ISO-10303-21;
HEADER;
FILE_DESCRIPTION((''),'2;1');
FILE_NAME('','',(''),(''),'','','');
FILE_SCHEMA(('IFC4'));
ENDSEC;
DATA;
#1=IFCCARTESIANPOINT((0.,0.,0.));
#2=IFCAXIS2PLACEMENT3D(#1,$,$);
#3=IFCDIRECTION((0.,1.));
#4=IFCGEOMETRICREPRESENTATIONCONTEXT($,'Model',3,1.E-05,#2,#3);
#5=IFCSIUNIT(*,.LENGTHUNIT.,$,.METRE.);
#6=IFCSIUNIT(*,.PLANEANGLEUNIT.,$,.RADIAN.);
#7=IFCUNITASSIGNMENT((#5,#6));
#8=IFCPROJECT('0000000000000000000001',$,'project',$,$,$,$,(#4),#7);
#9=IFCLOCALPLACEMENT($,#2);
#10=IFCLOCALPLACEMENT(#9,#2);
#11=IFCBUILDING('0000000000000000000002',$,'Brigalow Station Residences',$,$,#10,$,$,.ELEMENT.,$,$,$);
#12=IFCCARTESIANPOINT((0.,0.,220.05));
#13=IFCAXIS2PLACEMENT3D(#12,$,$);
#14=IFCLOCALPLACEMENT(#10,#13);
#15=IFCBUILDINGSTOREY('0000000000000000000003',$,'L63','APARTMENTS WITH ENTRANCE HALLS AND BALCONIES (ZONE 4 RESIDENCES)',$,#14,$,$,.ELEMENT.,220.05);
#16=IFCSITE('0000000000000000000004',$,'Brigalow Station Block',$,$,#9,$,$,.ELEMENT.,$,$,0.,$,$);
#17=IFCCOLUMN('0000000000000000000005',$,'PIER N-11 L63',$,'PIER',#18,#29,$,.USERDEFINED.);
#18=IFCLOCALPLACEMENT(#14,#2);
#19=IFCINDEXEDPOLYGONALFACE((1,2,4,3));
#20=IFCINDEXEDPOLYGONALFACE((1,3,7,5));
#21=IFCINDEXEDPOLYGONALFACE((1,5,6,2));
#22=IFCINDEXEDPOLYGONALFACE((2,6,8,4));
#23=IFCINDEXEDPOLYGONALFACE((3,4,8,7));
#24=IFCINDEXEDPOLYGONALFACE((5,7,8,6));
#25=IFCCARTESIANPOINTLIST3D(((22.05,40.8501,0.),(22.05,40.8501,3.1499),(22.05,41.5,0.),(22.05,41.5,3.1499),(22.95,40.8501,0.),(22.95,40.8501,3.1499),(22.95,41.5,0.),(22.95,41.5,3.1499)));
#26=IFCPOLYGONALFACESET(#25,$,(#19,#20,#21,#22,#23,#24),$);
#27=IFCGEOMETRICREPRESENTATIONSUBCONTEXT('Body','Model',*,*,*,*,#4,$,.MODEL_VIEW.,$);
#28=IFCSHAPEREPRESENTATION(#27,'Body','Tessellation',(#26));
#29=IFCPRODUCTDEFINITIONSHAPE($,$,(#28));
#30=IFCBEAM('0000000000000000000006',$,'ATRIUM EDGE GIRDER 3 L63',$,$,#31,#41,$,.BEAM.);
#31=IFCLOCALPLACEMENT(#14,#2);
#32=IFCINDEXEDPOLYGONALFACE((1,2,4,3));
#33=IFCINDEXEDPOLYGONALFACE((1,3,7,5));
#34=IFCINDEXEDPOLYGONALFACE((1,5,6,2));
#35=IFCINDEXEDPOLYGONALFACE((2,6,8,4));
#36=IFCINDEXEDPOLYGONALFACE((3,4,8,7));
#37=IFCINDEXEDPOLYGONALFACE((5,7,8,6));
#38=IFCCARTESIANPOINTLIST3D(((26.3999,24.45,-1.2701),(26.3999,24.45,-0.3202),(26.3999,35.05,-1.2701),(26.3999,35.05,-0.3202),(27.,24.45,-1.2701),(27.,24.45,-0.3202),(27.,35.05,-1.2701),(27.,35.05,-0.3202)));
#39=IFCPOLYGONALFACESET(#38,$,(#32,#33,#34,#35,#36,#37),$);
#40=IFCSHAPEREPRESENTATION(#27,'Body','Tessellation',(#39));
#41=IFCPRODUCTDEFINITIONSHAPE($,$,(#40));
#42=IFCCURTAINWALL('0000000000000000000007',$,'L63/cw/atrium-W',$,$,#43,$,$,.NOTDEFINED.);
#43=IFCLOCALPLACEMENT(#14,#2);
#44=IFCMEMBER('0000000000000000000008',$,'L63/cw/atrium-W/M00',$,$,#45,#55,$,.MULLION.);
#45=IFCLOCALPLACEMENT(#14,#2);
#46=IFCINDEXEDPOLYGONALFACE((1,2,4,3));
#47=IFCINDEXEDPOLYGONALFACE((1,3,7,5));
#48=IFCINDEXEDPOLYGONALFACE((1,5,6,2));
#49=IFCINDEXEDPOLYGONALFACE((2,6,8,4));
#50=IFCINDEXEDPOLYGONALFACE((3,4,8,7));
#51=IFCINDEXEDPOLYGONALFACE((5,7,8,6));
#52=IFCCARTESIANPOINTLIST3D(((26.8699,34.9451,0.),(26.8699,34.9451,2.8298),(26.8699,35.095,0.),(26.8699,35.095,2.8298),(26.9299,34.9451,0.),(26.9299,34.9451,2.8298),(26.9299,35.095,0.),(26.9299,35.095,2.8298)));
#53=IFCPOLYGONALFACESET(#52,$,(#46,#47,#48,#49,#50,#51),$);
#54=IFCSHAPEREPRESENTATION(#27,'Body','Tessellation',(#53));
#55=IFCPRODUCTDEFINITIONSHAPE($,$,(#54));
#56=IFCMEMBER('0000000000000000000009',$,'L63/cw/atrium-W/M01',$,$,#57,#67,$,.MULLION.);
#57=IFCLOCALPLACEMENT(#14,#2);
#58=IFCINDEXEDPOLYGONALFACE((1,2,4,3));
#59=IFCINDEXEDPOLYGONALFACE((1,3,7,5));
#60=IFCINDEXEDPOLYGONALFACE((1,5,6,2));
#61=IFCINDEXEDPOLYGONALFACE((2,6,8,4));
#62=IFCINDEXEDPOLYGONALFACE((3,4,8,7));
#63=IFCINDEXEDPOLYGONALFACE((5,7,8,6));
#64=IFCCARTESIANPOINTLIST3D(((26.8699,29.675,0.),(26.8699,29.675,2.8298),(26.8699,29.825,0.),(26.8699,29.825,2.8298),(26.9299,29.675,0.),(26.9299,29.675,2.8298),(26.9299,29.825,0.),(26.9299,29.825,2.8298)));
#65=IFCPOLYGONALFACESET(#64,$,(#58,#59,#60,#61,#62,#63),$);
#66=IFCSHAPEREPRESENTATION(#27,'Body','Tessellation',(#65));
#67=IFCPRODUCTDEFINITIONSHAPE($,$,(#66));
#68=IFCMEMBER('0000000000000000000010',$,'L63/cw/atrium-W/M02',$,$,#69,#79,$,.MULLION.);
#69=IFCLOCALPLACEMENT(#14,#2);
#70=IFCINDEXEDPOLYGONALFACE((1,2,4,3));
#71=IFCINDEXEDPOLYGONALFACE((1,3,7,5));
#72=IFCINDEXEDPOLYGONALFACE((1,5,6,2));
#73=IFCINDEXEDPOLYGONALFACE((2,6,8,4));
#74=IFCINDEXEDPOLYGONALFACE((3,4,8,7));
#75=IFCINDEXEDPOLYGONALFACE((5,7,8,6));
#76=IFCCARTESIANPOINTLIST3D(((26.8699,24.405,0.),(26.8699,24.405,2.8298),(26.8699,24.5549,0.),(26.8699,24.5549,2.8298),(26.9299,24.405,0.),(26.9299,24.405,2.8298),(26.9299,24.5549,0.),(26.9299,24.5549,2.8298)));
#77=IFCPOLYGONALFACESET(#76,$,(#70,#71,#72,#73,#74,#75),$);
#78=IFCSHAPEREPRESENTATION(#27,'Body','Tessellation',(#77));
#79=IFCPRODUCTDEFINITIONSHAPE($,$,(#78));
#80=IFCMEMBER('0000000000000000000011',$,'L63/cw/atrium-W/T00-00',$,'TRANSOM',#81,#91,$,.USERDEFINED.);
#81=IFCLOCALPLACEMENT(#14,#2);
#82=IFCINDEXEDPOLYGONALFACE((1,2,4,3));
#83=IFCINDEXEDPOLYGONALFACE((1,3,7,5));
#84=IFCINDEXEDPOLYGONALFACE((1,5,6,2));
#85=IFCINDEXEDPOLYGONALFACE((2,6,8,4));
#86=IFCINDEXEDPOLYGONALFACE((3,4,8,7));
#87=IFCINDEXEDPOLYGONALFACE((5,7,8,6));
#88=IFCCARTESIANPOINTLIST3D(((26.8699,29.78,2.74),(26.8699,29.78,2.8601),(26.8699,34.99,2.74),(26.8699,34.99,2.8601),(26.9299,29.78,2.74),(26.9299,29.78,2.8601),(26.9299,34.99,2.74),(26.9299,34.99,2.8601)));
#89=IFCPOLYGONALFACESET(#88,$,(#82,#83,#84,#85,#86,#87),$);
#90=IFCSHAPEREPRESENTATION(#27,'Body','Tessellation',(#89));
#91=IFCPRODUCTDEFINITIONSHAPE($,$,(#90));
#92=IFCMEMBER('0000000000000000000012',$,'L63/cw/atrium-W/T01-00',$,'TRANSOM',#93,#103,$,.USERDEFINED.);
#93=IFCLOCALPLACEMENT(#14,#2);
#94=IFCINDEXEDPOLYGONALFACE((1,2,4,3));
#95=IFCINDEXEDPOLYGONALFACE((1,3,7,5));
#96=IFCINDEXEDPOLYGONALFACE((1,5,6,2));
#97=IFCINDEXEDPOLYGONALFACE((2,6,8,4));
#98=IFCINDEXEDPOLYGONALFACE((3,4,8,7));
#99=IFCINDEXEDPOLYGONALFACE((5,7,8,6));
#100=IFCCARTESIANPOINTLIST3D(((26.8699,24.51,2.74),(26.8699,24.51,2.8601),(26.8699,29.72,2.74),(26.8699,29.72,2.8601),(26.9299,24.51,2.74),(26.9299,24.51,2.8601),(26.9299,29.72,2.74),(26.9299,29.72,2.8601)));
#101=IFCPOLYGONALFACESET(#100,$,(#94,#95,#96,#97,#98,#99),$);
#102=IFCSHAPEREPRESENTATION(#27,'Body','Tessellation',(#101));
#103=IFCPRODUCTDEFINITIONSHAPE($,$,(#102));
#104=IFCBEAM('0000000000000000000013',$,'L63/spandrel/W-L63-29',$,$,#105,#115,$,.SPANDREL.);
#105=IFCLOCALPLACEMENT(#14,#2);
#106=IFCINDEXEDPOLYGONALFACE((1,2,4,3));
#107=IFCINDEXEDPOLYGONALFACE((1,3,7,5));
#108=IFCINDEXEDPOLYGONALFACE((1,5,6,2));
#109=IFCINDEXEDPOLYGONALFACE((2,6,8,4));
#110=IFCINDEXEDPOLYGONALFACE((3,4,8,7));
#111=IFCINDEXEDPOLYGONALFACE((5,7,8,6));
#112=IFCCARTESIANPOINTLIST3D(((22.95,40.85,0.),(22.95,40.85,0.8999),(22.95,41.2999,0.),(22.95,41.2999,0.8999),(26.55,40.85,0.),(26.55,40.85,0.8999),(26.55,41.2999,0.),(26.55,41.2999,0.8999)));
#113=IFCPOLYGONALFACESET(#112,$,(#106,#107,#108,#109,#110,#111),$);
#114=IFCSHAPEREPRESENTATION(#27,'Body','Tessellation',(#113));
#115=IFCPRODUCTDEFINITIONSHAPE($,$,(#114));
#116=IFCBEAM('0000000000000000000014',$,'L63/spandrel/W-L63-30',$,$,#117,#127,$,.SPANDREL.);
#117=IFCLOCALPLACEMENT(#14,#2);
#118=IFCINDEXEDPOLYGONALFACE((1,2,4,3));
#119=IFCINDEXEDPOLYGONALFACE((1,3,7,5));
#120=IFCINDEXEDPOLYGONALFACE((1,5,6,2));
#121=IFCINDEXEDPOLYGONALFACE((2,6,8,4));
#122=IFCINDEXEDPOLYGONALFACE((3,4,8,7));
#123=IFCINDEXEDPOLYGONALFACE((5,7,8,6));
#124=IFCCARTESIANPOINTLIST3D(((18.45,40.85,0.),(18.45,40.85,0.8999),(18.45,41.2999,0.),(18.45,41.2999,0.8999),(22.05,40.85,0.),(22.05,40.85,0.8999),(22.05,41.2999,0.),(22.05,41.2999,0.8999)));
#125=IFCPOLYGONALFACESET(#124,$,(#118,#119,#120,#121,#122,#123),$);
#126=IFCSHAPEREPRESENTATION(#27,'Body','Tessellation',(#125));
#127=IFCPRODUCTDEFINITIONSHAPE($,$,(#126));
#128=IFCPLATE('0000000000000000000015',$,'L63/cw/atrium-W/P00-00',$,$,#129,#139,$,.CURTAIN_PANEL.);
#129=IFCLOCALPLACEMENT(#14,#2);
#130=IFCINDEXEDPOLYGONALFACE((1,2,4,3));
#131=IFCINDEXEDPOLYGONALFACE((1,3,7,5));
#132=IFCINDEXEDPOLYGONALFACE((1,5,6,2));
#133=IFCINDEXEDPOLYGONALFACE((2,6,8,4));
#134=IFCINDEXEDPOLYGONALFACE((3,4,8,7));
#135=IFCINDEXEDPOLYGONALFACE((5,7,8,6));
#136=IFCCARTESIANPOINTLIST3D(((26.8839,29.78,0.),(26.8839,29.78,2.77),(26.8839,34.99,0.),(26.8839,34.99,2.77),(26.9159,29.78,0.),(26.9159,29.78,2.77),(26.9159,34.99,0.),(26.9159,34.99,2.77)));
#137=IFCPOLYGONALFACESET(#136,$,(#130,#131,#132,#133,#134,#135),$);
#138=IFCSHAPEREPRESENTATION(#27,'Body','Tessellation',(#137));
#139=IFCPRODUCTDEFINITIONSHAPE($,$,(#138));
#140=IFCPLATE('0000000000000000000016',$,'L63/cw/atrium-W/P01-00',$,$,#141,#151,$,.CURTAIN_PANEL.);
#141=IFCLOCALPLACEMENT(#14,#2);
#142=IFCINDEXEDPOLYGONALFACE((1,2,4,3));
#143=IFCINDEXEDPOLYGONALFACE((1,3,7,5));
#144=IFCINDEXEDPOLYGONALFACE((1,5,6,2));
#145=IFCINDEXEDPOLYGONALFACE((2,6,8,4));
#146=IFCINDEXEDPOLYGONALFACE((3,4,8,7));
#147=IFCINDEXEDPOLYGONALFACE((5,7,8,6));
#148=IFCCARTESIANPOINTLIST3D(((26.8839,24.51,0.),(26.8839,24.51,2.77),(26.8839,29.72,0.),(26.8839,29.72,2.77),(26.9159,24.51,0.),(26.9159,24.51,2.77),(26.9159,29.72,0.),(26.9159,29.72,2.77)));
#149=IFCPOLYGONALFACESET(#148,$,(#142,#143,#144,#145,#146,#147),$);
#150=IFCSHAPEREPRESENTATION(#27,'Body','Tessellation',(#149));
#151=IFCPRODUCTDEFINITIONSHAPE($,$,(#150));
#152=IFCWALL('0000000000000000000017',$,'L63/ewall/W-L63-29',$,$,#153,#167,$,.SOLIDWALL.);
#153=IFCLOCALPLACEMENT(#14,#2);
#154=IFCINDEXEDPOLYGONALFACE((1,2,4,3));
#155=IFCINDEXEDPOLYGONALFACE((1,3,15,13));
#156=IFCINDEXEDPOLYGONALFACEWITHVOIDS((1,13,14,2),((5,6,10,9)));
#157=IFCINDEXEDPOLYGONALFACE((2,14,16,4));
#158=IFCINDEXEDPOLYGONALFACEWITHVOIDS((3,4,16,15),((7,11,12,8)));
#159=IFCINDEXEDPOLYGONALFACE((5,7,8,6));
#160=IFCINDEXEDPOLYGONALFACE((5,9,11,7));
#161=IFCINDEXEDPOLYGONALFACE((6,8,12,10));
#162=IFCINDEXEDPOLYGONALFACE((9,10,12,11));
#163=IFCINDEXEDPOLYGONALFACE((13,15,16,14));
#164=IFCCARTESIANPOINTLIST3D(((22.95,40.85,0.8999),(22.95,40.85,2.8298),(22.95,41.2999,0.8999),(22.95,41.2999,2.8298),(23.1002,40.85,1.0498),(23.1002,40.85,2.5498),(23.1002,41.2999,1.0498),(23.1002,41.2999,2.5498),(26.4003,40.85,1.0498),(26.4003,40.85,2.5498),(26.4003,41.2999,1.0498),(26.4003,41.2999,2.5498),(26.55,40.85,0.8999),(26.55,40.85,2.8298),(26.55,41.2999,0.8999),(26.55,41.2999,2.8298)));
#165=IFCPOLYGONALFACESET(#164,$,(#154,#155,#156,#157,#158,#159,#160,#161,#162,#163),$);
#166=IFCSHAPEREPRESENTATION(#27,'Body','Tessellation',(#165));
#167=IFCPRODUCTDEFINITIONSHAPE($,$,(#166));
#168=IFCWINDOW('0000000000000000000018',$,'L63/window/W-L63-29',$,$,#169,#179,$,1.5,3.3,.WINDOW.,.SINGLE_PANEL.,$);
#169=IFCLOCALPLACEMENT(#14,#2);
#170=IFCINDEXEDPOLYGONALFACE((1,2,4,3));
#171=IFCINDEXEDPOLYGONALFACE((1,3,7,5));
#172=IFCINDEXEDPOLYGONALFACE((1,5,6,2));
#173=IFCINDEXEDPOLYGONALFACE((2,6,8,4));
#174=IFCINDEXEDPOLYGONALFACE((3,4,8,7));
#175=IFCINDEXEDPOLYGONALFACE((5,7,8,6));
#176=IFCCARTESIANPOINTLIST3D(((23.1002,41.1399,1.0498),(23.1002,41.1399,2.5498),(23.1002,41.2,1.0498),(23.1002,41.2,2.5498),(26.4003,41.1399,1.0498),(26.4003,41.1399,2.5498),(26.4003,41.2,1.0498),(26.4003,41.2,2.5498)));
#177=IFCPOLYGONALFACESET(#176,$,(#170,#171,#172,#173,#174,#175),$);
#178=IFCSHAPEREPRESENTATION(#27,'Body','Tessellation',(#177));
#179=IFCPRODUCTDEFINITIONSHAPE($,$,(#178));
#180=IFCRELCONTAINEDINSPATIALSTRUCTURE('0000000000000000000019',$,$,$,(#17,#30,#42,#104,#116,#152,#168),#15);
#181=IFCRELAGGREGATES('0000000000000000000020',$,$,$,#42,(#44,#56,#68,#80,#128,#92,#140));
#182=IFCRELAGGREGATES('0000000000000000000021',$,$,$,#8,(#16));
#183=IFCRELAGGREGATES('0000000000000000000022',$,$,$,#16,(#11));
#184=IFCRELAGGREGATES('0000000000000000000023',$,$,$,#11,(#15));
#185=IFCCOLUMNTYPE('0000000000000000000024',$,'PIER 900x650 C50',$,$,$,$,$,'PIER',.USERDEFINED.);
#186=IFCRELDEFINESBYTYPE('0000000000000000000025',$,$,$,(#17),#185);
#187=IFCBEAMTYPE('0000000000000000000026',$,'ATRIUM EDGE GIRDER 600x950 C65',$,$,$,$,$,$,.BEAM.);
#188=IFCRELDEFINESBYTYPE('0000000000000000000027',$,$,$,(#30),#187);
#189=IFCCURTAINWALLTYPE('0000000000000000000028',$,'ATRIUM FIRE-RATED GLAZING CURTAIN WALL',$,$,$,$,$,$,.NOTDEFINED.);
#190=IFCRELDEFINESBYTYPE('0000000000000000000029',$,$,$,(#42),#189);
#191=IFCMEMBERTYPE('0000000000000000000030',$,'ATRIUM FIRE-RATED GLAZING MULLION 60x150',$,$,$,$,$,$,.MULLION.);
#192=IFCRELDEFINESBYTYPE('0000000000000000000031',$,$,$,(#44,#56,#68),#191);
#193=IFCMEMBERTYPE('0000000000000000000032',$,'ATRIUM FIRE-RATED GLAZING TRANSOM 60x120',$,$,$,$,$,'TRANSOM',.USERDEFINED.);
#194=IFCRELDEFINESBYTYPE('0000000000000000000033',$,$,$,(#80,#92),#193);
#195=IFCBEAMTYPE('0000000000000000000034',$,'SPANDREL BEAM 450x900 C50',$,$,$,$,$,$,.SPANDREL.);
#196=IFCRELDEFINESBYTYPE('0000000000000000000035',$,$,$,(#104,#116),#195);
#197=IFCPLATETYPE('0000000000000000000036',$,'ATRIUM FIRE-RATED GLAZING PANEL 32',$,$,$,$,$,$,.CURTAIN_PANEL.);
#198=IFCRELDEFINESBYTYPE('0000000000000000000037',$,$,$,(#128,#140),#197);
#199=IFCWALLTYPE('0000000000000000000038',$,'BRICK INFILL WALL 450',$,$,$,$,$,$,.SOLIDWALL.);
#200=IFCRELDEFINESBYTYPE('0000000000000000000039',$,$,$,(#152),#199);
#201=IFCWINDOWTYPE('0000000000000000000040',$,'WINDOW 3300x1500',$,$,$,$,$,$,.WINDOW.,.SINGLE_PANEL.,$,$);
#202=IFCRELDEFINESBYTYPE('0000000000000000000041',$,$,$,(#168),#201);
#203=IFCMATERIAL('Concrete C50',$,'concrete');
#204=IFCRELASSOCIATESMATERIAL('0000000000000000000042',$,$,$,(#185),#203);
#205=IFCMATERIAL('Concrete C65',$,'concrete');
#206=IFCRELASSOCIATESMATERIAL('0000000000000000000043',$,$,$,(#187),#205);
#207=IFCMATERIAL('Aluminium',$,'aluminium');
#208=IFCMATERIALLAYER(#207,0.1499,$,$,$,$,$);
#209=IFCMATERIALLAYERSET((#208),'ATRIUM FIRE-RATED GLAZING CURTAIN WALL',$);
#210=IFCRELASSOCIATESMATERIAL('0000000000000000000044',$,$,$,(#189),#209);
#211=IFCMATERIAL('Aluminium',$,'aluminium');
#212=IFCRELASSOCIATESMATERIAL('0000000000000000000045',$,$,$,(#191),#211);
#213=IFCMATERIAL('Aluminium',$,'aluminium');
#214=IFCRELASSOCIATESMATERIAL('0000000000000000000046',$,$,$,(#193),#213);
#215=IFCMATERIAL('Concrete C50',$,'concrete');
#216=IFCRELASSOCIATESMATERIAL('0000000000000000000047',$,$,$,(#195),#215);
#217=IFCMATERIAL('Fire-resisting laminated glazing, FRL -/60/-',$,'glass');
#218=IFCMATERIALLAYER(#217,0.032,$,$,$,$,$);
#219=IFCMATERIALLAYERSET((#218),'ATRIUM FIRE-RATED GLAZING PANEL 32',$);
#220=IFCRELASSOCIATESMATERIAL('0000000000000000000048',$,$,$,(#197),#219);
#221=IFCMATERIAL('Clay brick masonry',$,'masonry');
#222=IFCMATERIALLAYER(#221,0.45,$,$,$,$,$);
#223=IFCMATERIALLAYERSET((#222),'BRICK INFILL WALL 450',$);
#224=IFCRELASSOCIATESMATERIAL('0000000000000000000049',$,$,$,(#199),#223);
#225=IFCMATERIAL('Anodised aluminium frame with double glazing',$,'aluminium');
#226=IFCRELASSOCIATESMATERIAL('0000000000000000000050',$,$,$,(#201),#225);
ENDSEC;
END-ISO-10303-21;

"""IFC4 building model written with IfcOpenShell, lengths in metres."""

from ifc_helpers import new_model, si_unit, direction, frame, frame_2d, origin, origin_2d, place, context, subcontext, project, spatial, rectangle, extrude, material, layer, layer_set, material_profile, profile_set, type_object, element, fill, aggregate, save


model = new_model("IFC4")

# Units and contexts
model_context = context("Model", 3, precision=1e-05, world=origin(), true_north=direction((0.0, 1.0)))
body_context = subcontext(model_context, "Body", "Model", "MODEL_VIEW")
ifc_project = project(units=[si_unit("LENGTHUNIT", "METRE"), si_unit("PLANEANGLEUNIT", "RADIAN")], contexts=[model_context])

# Site, building, storey
site_placement = place(None, origin())
site = spatial("IfcSite", under=ifc_project, at=site_placement, Name="Brigalow Station Block", CompositionType="ELEMENT", RefElevation=0.0)
building_placement = place(site_placement, origin())
building = spatial("IfcBuilding", under=site, at=building_placement, Name="Brigalow Station Residences", CompositionType="ELEMENT")
storey_placement = place(building_placement, frame((0.0, 0.0, 220.05)))
storey = spatial("IfcBuildingStorey", under=building, at=storey_placement, Name="L63", Description="APARTMENTS WITH ENTRANCE HALLS AND BALCONIES (ZONE 4 RESIDENCES)", CompositionType="ELEMENT", Elevation=220.05)

# Column
ifc_material_1 = material(Name="Concrete C50", Category="concrete")
ifc_material_profile_1 = material_profile(ifc_material_1, rectangle(XDim=0.8999, YDim=0.6499, at=origin_2d()), Name="RC900x650")
ifc_profile_set_1 = profile_set([ifc_material_profile_1], Name="Concrete C50")
column_type = type_object("IfcColumnType", Name="PIER 900x650 C50", ElementType="PIER", PredefinedType="USERDEFINED", material=ifc_profile_set_1)
column_placement = place(storey_placement, frame((22.5, 41.175, 0.0), z_axis=(0.0, 0.0, 1.0), x_axis=(-1.0, 0.0, 0.0)))
element("IfcColumn", 1, at=column_placement, inside=storey, type_object=column_type, Name="PIER N-11 L63", ObjectType="PIER", PredefinedType="USERDEFINED", context=body_context, shape_type="SweptSolid", body=[
    extrude(rectangle(XDim=0.8999, YDim=0.6499, at=origin_2d()), origin(), (0.0, 0.0, 1.0), 3.1499),
])

# Beam
ifc_material_2 = material(Name="Concrete C65", Category="concrete")
ifc_material_profile_2 = material_profile(ifc_material_2, rectangle(XDim=0.6001, YDim=0.95, at=origin_2d()), Name="RC600x950")
ifc_profile_set_2 = profile_set([ifc_material_profile_2], Name="Concrete C65")
beam_type_1 = type_object("IfcBeamType", Name="ATRIUM EDGE GIRDER 600x950 C65", PredefinedType="BEAM", material=ifc_profile_set_2)
beam_placement = place(storey_placement, frame((26.7, 24.45, -0.7952), z_axis=(0.0, 1.0, 0.0), x_axis=(-1.0, 0.0, 0.0)))
element("IfcBeam", 2, at=beam_placement, inside=storey, type_object=beam_type_1, Name="ATRIUM EDGE GIRDER 3 L63", PredefinedType="BEAM", context=body_context, shape_type="SweptSolid", body=[
    extrude(rectangle(XDim=0.6001, YDim=0.95, at=origin_2d()), origin(), (0.0, 0.0, 1.0), 10.6001),
])

# Curtain wall, members
ifc_material_3 = material(Name="Aluminium", Category="aluminium")
ifc_layer_1 = layer(ifc_material_3, 0.1499)
ifc_layer_set_1 = layer_set([ifc_layer_1], Name="ATRIUM FIRE-RATED GLAZING CURTAIN WALL")
curtain_wall_type = type_object("IfcCurtainWallType", Name="ATRIUM FIRE-RATED GLAZING CURTAIN WALL", PredefinedType="NOTDEFINED", material=ifc_layer_set_1)
curtain_wall_placement = place(storey_placement, origin())
curtain_wall = element("IfcCurtainWall", 3, at=curtain_wall_placement, inside=storey, type_object=curtain_wall_type, Name="L63/cw/atrium-W", PredefinedType="NOTDEFINED")
ifc_material_4 = material(Name="Aluminium", Category="aluminium")
ifc_material_profile_3 = material_profile(ifc_material_4, rectangle(XDim=0.0601, YDim=0.1499, at=origin_2d()), Name="ATRIUM FIRE-RATED GLAZING MULLION 60x150")
ifc_profile_set_3 = profile_set([ifc_material_profile_3], Name="Aluminium")
member_type_1 = type_object("IfcMemberType", Name="ATRIUM FIRE-RATED GLAZING MULLION 60x150", PredefinedType="MULLION", material=ifc_profile_set_3)
member_1_placement = place(storey_placement, frame((26.8999, 35.02, 0.0), z_axis=(0.0, 0.0, 1.0), x_axis=(1.0, 0.0, 0.0)))
member_1 = element("IfcMember", 4, at=member_1_placement, type_object=member_type_1, Name="L63/cw/atrium-W/M00", PredefinedType="MULLION", context=body_context, shape_type="SweptSolid", body=[
    extrude(rectangle(XDim=0.0601, YDim=0.1499, at=origin_2d()), origin(), (0.0, 0.0, 1.0), 2.8298),
])
member_2_placement = place(storey_placement, frame((26.8999, 29.75, 0.0), z_axis=(0.0, 0.0, 1.0), x_axis=(1.0, 0.0, 0.0)))
member_2 = element("IfcMember", 5, at=member_2_placement, type_object=member_type_1, Name="L63/cw/atrium-W/M01", PredefinedType="MULLION", context=body_context, shape_type="SweptSolid", body=[
    extrude(rectangle(XDim=0.0601, YDim=0.1499, at=origin_2d()), origin(), (0.0, 0.0, 1.0), 2.8298),
])
member_3_placement = place(storey_placement, frame((26.8999, 24.48, 0.0), z_axis=(0.0, 0.0, 1.0), x_axis=(1.0, 0.0, 0.0)))
member_3 = element("IfcMember", 6, at=member_3_placement, type_object=member_type_1, Name="L63/cw/atrium-W/M02", PredefinedType="MULLION", context=body_context, shape_type="SweptSolid", body=[
    extrude(rectangle(XDim=0.0601, YDim=0.1499, at=origin_2d()), origin(), (0.0, 0.0, 1.0), 2.8298),
])
ifc_material_5 = material(Name="Aluminium", Category="aluminium")
ifc_material_profile_4 = material_profile(ifc_material_5, rectangle(XDim=0.0601, YDim=0.1201, at=origin_2d()), Name="ATRIUM FIRE-RATED GLAZING TRANSOM 60x120")
ifc_profile_set_4 = profile_set([ifc_material_profile_4], Name="Aluminium")
member_type_2 = type_object("IfcMemberType", Name="ATRIUM FIRE-RATED GLAZING TRANSOM 60x120", ElementType="TRANSOM", PredefinedType="USERDEFINED", material=ifc_profile_set_4)
member_4_placement = place(storey_placement, frame((26.8999, 34.99, 2.8), z_axis=(0.0, -1.0, 0.0), x_axis=(1.0, 0.0, 0.0)))
member_4 = element("IfcMember", 7, at=member_4_placement, type_object=member_type_2, Name="L63/cw/atrium-W/T00-00", ObjectType="TRANSOM", PredefinedType="USERDEFINED", context=body_context, shape_type="SweptSolid", body=[
    extrude(rectangle(XDim=0.0601, YDim=0.1201, at=origin_2d()), origin(), (0.0, 0.0, 1.0), 5.21),
])
member_5_placement = place(storey_placement, frame((26.8999, 29.72, 2.8), z_axis=(0.0, -1.0, 0.0), x_axis=(1.0, 0.0, 0.0)))
member_5 = element("IfcMember", 8, at=member_5_placement, type_object=member_type_2, Name="L63/cw/atrium-W/T01-00", ObjectType="TRANSOM", PredefinedType="USERDEFINED", context=body_context, shape_type="SweptSolid", body=[
    extrude(rectangle(XDim=0.0601, YDim=0.1201, at=origin_2d()), origin(), (0.0, 0.0, 1.0), 5.21),
])

# Beams
ifc_material_6 = material(Name="Concrete C50", Category="concrete")
ifc_material_profile_5 = material_profile(ifc_material_6, rectangle(XDim=0.45, YDim=0.8999, at=origin_2d()), Name="RC450x900")
ifc_profile_set_5 = profile_set([ifc_material_profile_5], Name="Concrete C50")
beam_type_2 = type_object("IfcBeamType", Name="SPANDREL BEAM 450x900 C50", PredefinedType="SPANDREL", material=ifc_profile_set_5)
for number, where, z_axis, x_axis, name in (
    (9, (26.55, 41.075, 0.45), (-1.0, 0.0, 0.0), (0.0, -1.0, 0.0), "L63/spandrel/W-L63-29"),
    (10, (22.05, 41.075, 0.45), (-1.0, 0.0, 0.0), (0.0, -1.0, 0.0), "L63/spandrel/W-L63-30"),
):
    element("IfcBeam", number, at=place(storey_placement, frame(where, z_axis=z_axis, x_axis=x_axis)), inside=storey, type_object=beam_type_2, Name=name, PredefinedType="SPANDREL", context=body_context, shape_type="SweptSolid", body=[
        extrude(rectangle(XDim=0.45, YDim=0.8999, at=origin_2d()), origin(), (0.0, 0.0, 1.0), 3.6001),
    ])

# Plates
ifc_material_7 = material(Name="Fire-resisting laminated glazing, FRL -/60/-", Category="glass")
ifc_layer_2 = layer(ifc_material_7, 0.032)
ifc_layer_set_2 = layer_set([ifc_layer_2], Name="ATRIUM FIRE-RATED GLAZING PANEL 32")
plate_type = type_object("IfcPlateType", Name="ATRIUM FIRE-RATED GLAZING PANEL 32", PredefinedType="CURTAIN_PANEL", material=ifc_layer_set_2)
plate_1_placement = place(storey_placement, frame((26.8999, 32.385, 0.0), z_axis=(0.0, 0.0, 1.0), x_axis=(0.0, -1.0, 0.0)))
plate_1 = element("IfcPlate", 11, at=plate_1_placement, type_object=plate_type, Name="L63/cw/atrium-W/P00-00", PredefinedType="CURTAIN_PANEL", context=body_context, shape_type="SweptSolid", body=[
    extrude(rectangle(XDim=5.21, YDim=0.032, at=origin_2d()), origin(), (0.0, 0.0, 1.0), 2.77),
])
plate_2_placement = place(storey_placement, frame((26.8999, 27.115, 0.0), z_axis=(0.0, 0.0, 1.0), x_axis=(0.0, -1.0, 0.0)))
plate_2 = element("IfcPlate", 12, at=plate_2_placement, type_object=plate_type, Name="L63/cw/atrium-W/P01-00", PredefinedType="CURTAIN_PANEL", context=body_context, shape_type="SweptSolid", body=[
    extrude(rectangle(XDim=5.21, YDim=0.032, at=origin_2d()), origin(), (0.0, 0.0, 1.0), 2.77),
])
aggregate(curtain_wall, [member_1, member_2, member_3, member_4, plate_1, member_5, plate_2])

# Wall, opening, window
ifc_material_8 = material(Name="Clay brick masonry", Category="masonry")
ifc_layer_3 = layer(ifc_material_8, 0.45)
ifc_layer_set_3 = layer_set([ifc_layer_3], Name="BRICK INFILL WALL 450")
wall_type_1 = type_object("IfcWallType", Name="BRICK INFILL WALL 450", PredefinedType="SOLIDWALL", material=ifc_layer_set_3)
wall_1_placement = place(storey_placement, frame((26.55, 41.075, 0.8999), z_axis=(0.0, 0.0, 1.0), x_axis=(-1.0, 0.0, 0.0)))
wall_1 = element("IfcWall", 13, at=wall_1_placement, inside=storey, type_object=wall_type_1, Name="L63/ewall/W-L63-29", PredefinedType="SOLIDWALL", context=body_context, shape_type="SweptSolid", body=[
    extrude(rectangle(XDim=3.6001, YDim=0.45, at=frame_2d((1.8, 0.0))), origin(), (0.0, 0.0, 1.0), 1.9299),
])
opening_1_placement = place(wall_1_placement, frame((0.1499, 0.0, 0.1499)))
opening_1 = element("IfcOpeningElement", 14, at=opening_1_placement, cuts=wall_1, PredefinedType="OPENING", context=body_context, shape_type="SweptSolid", body=[
    extrude(rectangle(XDim=3.3, YDim=1.5, at=frame_2d((1.6499, 0.75))), frame((0.0, 0.2349, 0.0), z_axis=(0.0, -1.0, 0.0), x_axis=(1.0, 0.0, 0.0)), (0.0, 0.0, 1.0), 0.47),
])
ifc_material_9 = material(Name="Anodised aluminium frame with double glazing", Category="aluminium")
window_type = type_object("IfcWindowType", Name="WINDOW 3300x1500", PartitioningType="SINGLE_PANEL", PredefinedType="WINDOW", material=ifc_material_9)
window_1_placement = place(opening_1_placement, origin())
window_1 = element("IfcWindow", 15, at=window_1_placement, inside=storey, type_object=window_type, Name="L63/window/W-L63-29", OverallHeight=1.5, OverallWidth=3.3, PartitioningType="SINGLE_PANEL", PredefinedType="WINDOW", context=body_context, shape_type="SweptSolid", body=[
    extrude(rectangle(XDim=3.3, YDim=1.5, at=frame_2d((1.6499, 0.75))), frame((0.0, -0.0649, 0.0), z_axis=(0.0, -1.0, 0.0), x_axis=(1.0, 0.0, 0.0)), (0.0, 0.0, 1.0), 0.0601),
])
fill(opening_1, window_1)

save(model, "model.ifc")
